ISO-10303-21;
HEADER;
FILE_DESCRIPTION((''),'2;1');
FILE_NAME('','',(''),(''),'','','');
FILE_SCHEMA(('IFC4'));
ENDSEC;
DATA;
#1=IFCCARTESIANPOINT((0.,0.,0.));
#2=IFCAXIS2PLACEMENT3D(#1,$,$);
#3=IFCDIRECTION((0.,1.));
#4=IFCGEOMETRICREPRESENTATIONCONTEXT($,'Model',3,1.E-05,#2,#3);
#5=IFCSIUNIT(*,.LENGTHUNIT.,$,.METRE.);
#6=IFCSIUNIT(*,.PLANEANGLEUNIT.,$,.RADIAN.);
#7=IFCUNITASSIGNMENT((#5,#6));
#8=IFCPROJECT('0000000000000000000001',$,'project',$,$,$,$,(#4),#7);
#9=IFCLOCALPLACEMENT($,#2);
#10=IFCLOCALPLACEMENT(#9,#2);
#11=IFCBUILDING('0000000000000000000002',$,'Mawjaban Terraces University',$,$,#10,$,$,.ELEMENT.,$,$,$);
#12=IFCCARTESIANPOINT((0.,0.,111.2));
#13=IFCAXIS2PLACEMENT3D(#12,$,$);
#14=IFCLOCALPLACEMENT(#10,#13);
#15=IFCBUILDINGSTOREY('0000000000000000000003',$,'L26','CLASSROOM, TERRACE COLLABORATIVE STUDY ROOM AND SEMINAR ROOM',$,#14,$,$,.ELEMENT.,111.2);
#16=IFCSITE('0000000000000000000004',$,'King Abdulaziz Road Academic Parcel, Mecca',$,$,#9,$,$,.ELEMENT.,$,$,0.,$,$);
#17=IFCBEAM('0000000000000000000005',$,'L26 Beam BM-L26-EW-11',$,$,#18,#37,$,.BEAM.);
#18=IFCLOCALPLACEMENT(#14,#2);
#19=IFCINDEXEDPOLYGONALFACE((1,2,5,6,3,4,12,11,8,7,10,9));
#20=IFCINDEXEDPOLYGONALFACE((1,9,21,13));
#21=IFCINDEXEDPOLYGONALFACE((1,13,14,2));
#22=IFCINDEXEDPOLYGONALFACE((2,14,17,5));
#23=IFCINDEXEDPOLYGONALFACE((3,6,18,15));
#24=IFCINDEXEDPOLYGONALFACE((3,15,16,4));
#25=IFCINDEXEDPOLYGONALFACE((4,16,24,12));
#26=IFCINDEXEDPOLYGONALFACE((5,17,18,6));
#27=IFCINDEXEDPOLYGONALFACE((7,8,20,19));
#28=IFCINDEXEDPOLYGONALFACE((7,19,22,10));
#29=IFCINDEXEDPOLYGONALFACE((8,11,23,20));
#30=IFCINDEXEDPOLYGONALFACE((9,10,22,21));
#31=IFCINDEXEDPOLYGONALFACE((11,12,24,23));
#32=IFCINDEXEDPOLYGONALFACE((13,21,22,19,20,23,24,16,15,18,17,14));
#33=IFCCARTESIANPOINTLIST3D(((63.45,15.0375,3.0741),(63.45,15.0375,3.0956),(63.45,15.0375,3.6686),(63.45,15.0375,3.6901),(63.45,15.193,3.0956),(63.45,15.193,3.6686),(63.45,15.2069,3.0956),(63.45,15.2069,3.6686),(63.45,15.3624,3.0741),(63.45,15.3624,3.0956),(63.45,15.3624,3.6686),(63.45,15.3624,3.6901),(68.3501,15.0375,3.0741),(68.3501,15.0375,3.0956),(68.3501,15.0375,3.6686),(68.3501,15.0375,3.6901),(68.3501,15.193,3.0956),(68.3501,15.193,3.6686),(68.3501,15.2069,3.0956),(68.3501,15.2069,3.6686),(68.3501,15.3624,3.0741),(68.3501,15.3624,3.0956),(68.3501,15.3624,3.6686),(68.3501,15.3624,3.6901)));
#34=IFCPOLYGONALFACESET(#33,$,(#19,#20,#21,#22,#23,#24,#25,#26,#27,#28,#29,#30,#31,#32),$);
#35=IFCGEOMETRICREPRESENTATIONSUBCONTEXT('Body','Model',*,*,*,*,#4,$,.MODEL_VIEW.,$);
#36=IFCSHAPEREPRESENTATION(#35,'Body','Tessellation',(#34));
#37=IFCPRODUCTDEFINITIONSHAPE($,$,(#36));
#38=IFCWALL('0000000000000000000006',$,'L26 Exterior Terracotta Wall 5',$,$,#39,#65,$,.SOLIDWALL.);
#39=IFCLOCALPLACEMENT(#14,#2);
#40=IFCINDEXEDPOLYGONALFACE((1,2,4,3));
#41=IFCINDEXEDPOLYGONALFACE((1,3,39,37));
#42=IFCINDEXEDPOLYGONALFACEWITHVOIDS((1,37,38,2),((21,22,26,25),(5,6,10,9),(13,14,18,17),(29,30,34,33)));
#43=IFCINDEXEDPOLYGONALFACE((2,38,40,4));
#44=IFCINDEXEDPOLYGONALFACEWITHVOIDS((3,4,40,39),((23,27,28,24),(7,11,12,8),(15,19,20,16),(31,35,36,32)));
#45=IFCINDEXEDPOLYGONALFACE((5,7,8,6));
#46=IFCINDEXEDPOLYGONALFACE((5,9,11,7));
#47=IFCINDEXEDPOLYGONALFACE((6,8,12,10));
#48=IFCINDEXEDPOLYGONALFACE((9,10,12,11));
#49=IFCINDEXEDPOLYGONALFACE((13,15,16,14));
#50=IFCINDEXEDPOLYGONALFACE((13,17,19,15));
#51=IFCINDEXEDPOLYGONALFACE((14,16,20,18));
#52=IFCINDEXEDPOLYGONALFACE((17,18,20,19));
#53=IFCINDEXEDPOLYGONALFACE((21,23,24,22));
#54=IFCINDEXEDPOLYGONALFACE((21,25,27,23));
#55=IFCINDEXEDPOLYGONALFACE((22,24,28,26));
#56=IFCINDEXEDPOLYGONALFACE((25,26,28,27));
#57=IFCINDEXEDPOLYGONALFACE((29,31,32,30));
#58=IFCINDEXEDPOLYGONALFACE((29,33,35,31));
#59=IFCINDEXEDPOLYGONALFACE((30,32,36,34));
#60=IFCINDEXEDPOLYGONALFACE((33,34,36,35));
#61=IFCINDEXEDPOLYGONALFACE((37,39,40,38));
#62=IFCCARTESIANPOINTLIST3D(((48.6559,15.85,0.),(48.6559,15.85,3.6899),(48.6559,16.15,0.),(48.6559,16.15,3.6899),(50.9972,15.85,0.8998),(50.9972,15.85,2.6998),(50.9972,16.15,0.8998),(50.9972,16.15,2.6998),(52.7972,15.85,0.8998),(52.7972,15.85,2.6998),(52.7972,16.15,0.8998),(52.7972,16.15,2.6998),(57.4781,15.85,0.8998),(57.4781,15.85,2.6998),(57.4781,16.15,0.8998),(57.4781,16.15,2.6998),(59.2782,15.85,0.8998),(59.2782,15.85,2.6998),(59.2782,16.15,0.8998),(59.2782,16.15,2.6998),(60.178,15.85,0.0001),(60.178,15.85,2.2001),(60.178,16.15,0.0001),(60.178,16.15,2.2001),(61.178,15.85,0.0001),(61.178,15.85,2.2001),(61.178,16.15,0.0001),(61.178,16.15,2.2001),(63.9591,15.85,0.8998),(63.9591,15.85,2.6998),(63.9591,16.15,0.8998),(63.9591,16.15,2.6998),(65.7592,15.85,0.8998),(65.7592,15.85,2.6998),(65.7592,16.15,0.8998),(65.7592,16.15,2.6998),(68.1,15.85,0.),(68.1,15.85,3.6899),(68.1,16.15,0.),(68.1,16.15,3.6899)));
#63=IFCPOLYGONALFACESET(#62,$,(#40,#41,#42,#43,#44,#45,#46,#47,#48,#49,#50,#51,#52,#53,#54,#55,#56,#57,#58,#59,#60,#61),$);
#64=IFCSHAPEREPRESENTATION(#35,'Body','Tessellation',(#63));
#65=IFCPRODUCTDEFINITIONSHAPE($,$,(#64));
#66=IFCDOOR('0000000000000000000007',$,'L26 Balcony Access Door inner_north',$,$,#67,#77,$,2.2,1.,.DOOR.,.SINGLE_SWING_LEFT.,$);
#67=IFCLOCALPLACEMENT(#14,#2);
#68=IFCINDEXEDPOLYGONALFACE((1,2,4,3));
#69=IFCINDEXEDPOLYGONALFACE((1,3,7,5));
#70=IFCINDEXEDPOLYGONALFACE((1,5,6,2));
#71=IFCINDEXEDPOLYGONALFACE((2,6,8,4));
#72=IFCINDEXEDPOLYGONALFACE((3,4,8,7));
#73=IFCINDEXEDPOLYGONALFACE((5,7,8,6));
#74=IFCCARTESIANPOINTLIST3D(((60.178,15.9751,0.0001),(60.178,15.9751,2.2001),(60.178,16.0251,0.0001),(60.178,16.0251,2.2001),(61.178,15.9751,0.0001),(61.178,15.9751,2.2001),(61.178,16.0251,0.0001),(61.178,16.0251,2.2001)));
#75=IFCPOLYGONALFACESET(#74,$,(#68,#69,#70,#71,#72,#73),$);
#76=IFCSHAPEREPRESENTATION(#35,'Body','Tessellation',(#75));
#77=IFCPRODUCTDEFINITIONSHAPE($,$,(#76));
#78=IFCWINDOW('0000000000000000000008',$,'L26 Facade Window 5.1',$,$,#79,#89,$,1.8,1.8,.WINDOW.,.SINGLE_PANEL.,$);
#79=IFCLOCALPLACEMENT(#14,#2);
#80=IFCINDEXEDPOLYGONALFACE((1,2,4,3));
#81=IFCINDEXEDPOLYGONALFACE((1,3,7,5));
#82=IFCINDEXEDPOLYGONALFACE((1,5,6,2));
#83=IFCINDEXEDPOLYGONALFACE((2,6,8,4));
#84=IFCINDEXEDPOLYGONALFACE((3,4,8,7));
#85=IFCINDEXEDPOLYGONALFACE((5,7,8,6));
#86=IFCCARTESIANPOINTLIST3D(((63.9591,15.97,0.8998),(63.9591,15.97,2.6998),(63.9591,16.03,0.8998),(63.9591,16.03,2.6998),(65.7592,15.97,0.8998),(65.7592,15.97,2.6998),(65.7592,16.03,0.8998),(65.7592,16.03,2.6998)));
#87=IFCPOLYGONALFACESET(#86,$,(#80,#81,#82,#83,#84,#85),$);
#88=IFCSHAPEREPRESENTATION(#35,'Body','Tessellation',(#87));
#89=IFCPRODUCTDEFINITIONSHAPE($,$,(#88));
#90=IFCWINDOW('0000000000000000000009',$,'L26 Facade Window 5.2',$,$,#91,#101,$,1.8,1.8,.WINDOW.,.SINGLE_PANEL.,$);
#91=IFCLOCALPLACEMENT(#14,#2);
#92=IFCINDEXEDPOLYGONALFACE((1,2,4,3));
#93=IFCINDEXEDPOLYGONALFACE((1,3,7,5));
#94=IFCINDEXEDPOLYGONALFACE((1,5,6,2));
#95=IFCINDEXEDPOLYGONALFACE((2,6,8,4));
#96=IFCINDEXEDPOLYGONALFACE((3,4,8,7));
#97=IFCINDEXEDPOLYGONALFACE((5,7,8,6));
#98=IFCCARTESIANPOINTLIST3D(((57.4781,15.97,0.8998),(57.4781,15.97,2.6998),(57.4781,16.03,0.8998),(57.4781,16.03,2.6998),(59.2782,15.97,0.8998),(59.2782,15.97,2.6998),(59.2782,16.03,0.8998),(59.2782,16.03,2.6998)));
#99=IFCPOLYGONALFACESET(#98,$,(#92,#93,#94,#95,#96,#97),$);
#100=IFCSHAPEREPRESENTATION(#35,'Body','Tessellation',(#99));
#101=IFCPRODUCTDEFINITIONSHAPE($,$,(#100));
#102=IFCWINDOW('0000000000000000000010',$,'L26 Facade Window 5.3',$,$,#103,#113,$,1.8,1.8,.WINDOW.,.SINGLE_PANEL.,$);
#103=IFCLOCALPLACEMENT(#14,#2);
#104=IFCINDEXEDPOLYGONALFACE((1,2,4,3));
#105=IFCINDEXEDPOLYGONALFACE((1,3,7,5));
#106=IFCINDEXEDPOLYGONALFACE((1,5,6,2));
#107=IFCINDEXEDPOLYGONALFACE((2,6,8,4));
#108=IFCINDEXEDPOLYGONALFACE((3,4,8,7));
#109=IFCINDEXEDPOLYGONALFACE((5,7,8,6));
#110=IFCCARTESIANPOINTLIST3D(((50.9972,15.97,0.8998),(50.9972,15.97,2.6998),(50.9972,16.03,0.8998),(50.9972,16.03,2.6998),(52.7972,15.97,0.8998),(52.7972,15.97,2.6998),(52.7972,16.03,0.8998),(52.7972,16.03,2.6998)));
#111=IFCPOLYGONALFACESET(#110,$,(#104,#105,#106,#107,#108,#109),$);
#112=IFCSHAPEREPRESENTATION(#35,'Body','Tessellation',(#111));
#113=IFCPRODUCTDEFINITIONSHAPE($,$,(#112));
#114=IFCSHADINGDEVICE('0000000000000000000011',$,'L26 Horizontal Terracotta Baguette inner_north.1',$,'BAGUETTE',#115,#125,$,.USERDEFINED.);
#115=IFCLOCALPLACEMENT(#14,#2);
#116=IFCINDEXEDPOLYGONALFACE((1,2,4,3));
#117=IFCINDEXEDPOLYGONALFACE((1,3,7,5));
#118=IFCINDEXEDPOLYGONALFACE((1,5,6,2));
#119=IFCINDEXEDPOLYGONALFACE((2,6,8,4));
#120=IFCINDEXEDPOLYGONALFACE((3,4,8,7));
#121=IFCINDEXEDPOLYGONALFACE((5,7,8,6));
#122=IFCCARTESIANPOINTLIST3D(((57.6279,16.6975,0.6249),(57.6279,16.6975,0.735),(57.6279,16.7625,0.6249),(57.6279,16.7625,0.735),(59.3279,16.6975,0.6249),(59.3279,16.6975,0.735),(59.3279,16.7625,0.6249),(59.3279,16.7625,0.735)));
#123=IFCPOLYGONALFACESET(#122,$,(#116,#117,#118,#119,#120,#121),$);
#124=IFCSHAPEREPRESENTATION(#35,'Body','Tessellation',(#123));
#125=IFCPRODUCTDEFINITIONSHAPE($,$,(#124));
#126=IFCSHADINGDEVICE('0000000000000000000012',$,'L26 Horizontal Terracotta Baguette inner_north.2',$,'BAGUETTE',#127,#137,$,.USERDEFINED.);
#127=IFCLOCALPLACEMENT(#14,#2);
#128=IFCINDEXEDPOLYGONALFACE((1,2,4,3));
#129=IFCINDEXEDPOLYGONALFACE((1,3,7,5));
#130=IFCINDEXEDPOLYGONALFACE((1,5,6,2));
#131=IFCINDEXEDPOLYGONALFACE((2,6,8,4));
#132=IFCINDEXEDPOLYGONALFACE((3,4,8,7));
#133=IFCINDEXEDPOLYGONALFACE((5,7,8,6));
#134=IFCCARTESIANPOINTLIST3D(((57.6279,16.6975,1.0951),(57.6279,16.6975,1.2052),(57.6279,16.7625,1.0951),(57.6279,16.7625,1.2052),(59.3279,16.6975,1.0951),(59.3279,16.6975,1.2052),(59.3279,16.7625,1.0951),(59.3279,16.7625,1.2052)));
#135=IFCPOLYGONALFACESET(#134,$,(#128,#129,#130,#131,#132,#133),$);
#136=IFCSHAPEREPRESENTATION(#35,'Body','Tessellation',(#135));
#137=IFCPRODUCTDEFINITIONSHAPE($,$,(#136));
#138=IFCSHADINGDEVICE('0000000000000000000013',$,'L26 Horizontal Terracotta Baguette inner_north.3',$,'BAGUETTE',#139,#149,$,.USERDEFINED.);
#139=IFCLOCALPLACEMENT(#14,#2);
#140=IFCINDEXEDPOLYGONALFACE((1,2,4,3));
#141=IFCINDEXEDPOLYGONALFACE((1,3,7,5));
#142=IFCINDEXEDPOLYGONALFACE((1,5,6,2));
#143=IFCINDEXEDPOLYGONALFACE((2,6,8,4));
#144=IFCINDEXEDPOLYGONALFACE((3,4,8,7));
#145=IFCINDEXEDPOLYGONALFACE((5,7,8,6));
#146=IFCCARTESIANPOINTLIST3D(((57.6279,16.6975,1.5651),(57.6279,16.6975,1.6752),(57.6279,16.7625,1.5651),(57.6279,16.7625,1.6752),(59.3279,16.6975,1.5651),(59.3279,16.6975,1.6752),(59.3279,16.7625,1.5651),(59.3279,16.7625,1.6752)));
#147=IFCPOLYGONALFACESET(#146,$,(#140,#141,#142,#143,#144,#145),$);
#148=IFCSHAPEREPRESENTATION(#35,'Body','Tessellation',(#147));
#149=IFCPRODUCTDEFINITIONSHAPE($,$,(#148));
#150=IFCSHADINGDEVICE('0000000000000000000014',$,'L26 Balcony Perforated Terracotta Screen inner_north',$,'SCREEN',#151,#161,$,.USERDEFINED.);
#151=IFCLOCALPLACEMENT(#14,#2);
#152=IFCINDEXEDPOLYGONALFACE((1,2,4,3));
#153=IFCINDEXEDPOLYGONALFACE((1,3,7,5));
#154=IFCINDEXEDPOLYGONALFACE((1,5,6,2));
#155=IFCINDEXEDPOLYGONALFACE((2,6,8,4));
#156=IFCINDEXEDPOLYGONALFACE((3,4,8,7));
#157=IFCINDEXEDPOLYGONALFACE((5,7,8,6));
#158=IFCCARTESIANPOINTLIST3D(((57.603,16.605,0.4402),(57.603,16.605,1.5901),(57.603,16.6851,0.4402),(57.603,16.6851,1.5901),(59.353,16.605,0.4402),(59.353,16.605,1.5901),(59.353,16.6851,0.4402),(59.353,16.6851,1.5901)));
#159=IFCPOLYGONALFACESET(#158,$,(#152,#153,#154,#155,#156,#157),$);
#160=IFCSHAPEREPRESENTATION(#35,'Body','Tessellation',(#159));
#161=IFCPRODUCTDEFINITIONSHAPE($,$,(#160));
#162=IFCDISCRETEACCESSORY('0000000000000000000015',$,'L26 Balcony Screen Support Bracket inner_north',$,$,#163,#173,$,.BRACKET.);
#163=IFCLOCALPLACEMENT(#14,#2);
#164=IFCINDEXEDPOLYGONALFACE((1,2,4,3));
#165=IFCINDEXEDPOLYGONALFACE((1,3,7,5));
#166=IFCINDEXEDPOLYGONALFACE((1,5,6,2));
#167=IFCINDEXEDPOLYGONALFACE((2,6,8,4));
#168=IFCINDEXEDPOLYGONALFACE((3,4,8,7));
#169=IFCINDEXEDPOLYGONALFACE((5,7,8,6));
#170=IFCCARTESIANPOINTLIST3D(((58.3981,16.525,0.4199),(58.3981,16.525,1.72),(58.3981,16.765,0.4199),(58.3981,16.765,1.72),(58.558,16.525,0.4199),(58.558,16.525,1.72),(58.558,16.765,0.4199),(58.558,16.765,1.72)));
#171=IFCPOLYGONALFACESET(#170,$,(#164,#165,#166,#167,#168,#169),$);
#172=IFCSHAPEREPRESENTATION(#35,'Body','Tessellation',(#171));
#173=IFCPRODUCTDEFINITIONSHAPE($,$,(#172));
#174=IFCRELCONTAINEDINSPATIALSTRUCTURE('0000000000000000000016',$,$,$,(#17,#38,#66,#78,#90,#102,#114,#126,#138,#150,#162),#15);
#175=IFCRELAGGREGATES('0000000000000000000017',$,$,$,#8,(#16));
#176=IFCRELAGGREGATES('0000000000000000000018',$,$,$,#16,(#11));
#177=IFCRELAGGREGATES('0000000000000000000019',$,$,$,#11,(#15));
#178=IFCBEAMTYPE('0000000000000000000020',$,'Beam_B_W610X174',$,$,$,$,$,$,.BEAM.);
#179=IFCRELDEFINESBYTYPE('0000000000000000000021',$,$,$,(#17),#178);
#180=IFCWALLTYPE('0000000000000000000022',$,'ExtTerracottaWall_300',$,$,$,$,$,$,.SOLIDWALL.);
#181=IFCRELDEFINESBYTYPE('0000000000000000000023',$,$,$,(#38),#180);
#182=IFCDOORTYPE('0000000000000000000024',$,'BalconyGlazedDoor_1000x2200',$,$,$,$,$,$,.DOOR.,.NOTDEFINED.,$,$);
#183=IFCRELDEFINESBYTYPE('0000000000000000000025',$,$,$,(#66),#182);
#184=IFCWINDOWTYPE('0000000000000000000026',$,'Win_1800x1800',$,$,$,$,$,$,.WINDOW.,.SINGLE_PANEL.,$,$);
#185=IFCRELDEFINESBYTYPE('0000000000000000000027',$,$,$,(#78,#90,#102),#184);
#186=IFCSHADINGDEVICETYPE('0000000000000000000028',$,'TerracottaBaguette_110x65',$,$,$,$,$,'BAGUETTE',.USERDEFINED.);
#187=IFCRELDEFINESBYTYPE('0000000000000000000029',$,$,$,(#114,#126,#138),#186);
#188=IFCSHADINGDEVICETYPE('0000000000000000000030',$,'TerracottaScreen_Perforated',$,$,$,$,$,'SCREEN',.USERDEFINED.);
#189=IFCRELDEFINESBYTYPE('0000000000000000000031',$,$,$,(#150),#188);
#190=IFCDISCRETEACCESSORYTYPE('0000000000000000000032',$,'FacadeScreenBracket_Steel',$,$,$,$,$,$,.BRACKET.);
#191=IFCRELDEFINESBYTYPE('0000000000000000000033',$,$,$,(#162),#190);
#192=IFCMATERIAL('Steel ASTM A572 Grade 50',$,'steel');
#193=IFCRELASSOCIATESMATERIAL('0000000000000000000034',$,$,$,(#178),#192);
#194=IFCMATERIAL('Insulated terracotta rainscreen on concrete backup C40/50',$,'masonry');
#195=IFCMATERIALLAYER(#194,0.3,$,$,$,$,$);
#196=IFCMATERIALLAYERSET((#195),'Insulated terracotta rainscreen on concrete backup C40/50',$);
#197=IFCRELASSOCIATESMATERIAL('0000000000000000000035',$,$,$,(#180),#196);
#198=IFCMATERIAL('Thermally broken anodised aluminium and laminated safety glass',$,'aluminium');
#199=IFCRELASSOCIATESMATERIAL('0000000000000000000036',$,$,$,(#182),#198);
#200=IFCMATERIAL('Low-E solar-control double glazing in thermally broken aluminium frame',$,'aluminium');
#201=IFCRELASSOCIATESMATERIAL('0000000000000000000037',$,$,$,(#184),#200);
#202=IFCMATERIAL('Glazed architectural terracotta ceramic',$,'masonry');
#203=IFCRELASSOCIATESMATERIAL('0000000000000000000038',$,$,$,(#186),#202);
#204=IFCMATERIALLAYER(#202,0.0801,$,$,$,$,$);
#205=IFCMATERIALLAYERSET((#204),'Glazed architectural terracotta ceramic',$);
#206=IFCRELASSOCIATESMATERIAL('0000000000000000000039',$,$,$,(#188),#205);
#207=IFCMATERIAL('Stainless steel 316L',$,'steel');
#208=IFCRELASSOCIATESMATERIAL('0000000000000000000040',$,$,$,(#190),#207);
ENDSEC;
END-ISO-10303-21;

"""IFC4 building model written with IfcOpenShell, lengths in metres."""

from ifc_helpers import new_model, si_unit, direction, frame, frame_2d, origin, origin_2d, place, context, subcontext, project, spatial, rectangle, i_section, extrude, material, layer, layer_set, material_profile, profile_set, type_object, element, fill, save


model = new_model("IFC4")

# Units and contexts
model_context = context("Model", 3, precision=1e-05, world=origin(), true_north=direction((0.0, 1.0)))
body_context = subcontext(model_context, "Body", "Model", "MODEL_VIEW")
ifc_project = project(units=[si_unit("LENGTHUNIT", "METRE"), si_unit("PLANEANGLEUNIT", "RADIAN")], contexts=[model_context])

# Site, building, storey
site_placement = place(None, origin())
site = spatial("IfcSite", under=ifc_project, at=site_placement, Name="King Abdulaziz Road Academic Parcel, Mecca", CompositionType="ELEMENT", RefElevation=0.0)
building_placement = place(site_placement, origin())
building = spatial("IfcBuilding", under=site, at=building_placement, Name="Mawjaban Terraces University", CompositionType="ELEMENT")
storey_placement = place(building_placement, frame((0.0, 0.0, 111.2)))
storey = spatial("IfcBuildingStorey", under=building, at=storey_placement, Name="L26", Description="CLASSROOM, TERRACE COLLABORATIVE STUDY ROOM AND SEMINAR ROOM", CompositionType="ELEMENT", Elevation=111.2)

# Beam
ifc_material_1 = material(Name="Steel ASTM A572 Grade 50", Category="steel")
ifc_material_profile_1 = material_profile(ifc_material_1, i_section(OverallWidth=0.325, OverallDepth=0.616, WebThickness=0.0139, FlangeThickness=0.0215, at=origin_2d()), Name="W610X174")
ifc_profile_set_1 = profile_set([ifc_material_profile_1], Name="Steel ASTM A572 Grade 50")
beam_type_1 = type_object("IfcBeamType", Name="Beam_B_W610X174", PredefinedType="BEAM", material=ifc_profile_set_1)
beam_1_placement = place(storey_placement, frame((63.45, 15.2, 3.3821), z_axis=(1.0, 0.0, 0.0), x_axis=(0.0, 1.0, 0.0)))
element("IfcBeam", 1, at=beam_1_placement, inside=storey, type_object=beam_type_1, Name="L26 Beam BM-L26-EW-11", PredefinedType="BEAM", context=body_context, shape_type="SweptSolid", body=[
    extrude(i_section(OverallWidth=0.325, OverallDepth=0.616, WebThickness=0.0139, FlangeThickness=0.0215, at=origin_2d()), origin(), (0.0, 0.0, 1.0), 4.9001),
])

# Wall, openings, door, windows
ifc_material_2 = material(Name="Insulated terracotta rainscreen on concrete backup C40/50", Category="masonry")
ifc_layer_1 = layer(ifc_material_2, 0.3)
ifc_layer_set_1 = layer_set([ifc_layer_1], Name="Insulated terracotta rainscreen on concrete backup C40/50")
wall_type = type_object("IfcWallType", Name="ExtTerracottaWall_300", PredefinedType="SOLIDWALL", material=ifc_layer_set_1)
wall_placement = place(storey_placement, frame((68.1001, 16.0, 0.0), z_axis=(0.0, 0.0, 1.0), x_axis=(-1.0, 0.0, 0.0)))
wall = element("IfcWall", 2, at=wall_placement, inside=storey, type_object=wall_type, Name="L26 Exterior Terracotta Wall 5", PredefinedType="SOLIDWALL", context=body_context, shape_type="SweptSolid", body=[
    extrude(rectangle(XDim=19.4441, YDim=0.3, at=frame_2d((9.7222, 0.0))), origin(), (0.0, 0.0, 1.0), 3.6899),
])
opening_1_placement = place(wall_placement, frame((6.9221, 0.0, 0.0)))
opening_1 = element("IfcOpeningElement", 3, at=opening_1_placement, cuts=wall, PredefinedType="OPENING", context=body_context, shape_type="SweptSolid", body=[
    extrude(rectangle(XDim=1.0, YDim=2.2, at=frame_2d((0.5, 1.1001))), frame((0.0, 0.1599, 0.0), z_axis=(0.0, -1.0, 0.0), x_axis=(1.0, 0.0, 0.0)), (0.0, 0.0, 1.0), 0.3201),
])
opening_2_placement = place(wall_placement, frame((2.3411, 0.0, 0.8999)))
opening_2 = element("IfcOpeningElement", 4, at=opening_2_placement, cuts=wall, PredefinedType="OPENING", context=body_context, shape_type="SweptSolid", body=[
    extrude(rectangle(XDim=1.8, YDim=1.8, at=frame_2d((0.8999, 0.8999))), frame((0.0, 0.1599, 0.0), z_axis=(0.0, -1.0, 0.0), x_axis=(1.0, 0.0, 0.0)), (0.0, 0.0, 1.0), 0.3201),
])
opening_3_placement = place(wall_placement, frame((8.822, 0.0, 0.8999)))
opening_3 = element("IfcOpeningElement", 5, at=opening_3_placement, cuts=wall, PredefinedType="OPENING", context=body_context, shape_type="SweptSolid", body=[
    extrude(rectangle(XDim=1.8, YDim=1.8, at=frame_2d((0.8999, 0.8999))), frame((0.0, 0.1599, 0.0), z_axis=(0.0, -1.0, 0.0), x_axis=(1.0, 0.0, 0.0)), (0.0, 0.0, 1.0), 0.3201),
])
opening_4_placement = place(wall_placement, frame((15.303, 0.0, 0.8999)))
opening_4 = element("IfcOpeningElement", 6, at=opening_4_placement, cuts=wall, PredefinedType="OPENING", context=body_context, shape_type="SweptSolid", body=[
    extrude(rectangle(XDim=1.8, YDim=1.8, at=frame_2d((0.8999, 0.8999))), frame((0.0, 0.1599, 0.0), z_axis=(0.0, -1.0, 0.0), x_axis=(1.0, 0.0, 0.0)), (0.0, 0.0, 1.0), 0.3201),
])
ifc_material_3 = material(Name="Thermally broken anodised aluminium and laminated safety glass", Category="aluminium")
door_type = type_object("IfcDoorType", Name="BalconyGlazedDoor_1000x2200", OperationType="NOTDEFINED", PredefinedType="DOOR", material=ifc_material_3)
door_placement = place(opening_1_placement, origin())
door = element("IfcDoor", 7, at=door_placement, inside=storey, type_object=door_type, Name="L26 Balcony Access Door inner_north", OperationType="SINGLE_SWING_LEFT", OverallHeight=2.2, OverallWidth=1.0, PredefinedType="DOOR", context=body_context, shape_type="SweptSolid", body=[
    extrude(rectangle(XDim=1.0, YDim=2.2, at=frame_2d((0.5, 1.1001))), frame((0.0, 0.0249, 0.0), z_axis=(0.0, -1.0, 0.0), x_axis=(1.0, 0.0, 0.0)), (0.0, 0.0, 1.0), 0.05),
])
fill(opening_1, door)
ifc_material_4 = material(Name="Low-E solar-control double glazing in thermally broken aluminium frame", Category="aluminium")
window_type = type_object("IfcWindowType", Name="Win_1800x1800", PartitioningType="SINGLE_PANEL", PredefinedType="WINDOW", material=ifc_material_4)
window_1_placement = place(opening_2_placement, origin())
window_1 = element("IfcWindow", 8, at=window_1_placement, inside=storey, type_object=window_type, Name="L26 Facade Window 5.1", OverallHeight=1.8, OverallWidth=1.8, PartitioningType="SINGLE_PANEL", PredefinedType="WINDOW", context=body_context, shape_type="SweptSolid", body=[
    extrude(rectangle(XDim=1.8, YDim=1.8, at=frame_2d((0.8999, 0.8999))), frame((0.0, 0.03, 0.0), z_axis=(0.0, -1.0, 0.0), x_axis=(1.0, 0.0, 0.0)), (0.0, 0.0, 1.0), 0.0601),
])
fill(opening_2, window_1)
window_2_placement = place(opening_3_placement, origin())
window_2 = element("IfcWindow", 9, at=window_2_placement, inside=storey, type_object=window_type, Name="L26 Facade Window 5.2", OverallHeight=1.8, OverallWidth=1.8, PartitioningType="SINGLE_PANEL", PredefinedType="WINDOW", context=body_context, shape_type="SweptSolid", body=[
    extrude(rectangle(XDim=1.8, YDim=1.8, at=frame_2d((0.8999, 0.8999))), frame((0.0, 0.03, 0.0), z_axis=(0.0, -1.0, 0.0), x_axis=(1.0, 0.0, 0.0)), (0.0, 0.0, 1.0), 0.0601),
])
fill(opening_3, window_2)
window_3_placement = place(opening_4_placement, origin())
window_3 = element("IfcWindow", 10, at=window_3_placement, inside=storey, type_object=window_type, Name="L26 Facade Window 5.3", OverallHeight=1.8, OverallWidth=1.8, PartitioningType="SINGLE_PANEL", PredefinedType="WINDOW", context=body_context, shape_type="SweptSolid", body=[
    extrude(rectangle(XDim=1.8, YDim=1.8, at=frame_2d((0.8999, 0.8999))), frame((0.0, 0.03, 0.0), z_axis=(0.0, -1.0, 0.0), x_axis=(1.0, 0.0, 0.0)), (0.0, 0.0, 1.0), 0.0601),
])
fill(opening_4, window_3)

# Shading devices
ifc_material_5 = material(Name="Glazed architectural terracotta ceramic", Category="masonry")
ifc_material_profile_2 = material_profile(ifc_material_5, rectangle(XDim=0.0649, YDim=0.1101, at=origin_2d()), Name="TBAG110X65")
ifc_profile_set_2 = profile_set([ifc_material_profile_2], Name="Glazed architectural terracotta ceramic")
shading_device_type_1 = type_object("IfcShadingDeviceType", Name="TerracottaBaguette_110x65", ElementType="BAGUETTE", PredefinedType="USERDEFINED", material=ifc_profile_set_2)
for number, where, z_axis, x_axis, name in (
    (11, (57.6279, 16.73, 0.6799), (1.0, 0.0, 0.0), (0.0, 1.0, 0.0), "L26 Horizontal Terracotta Baguette inner_north.1"),
    (12, (57.6279, 16.73, 1.1501), (1.0, 0.0, 0.0), (0.0, 1.0, 0.0), "L26 Horizontal Terracotta Baguette inner_north.2"),
    (13, (57.6279, 16.73, 1.6201), (1.0, 0.0, 0.0), (0.0, 1.0, 0.0), "L26 Horizontal Terracotta Baguette inner_north.3"),
):
    element("IfcShadingDevice", number, at=place(storey_placement, frame(where, z_axis=z_axis, x_axis=x_axis)), inside=storey, type_object=shading_device_type_1, Name=name, ObjectType="BAGUETTE", PredefinedType="USERDEFINED", context=body_context, shape_type="SweptSolid", body=[
        extrude(rectangle(XDim=0.0649, YDim=0.1101, at=origin_2d()), origin(), (0.0, 0.0, 1.0), 1.7),
    ])
ifc_layer_2 = layer(ifc_material_5, 0.0801)
ifc_layer_set_2 = layer_set([ifc_layer_2], Name="Glazed architectural terracotta ceramic")
shading_device_type_2 = type_object("IfcShadingDeviceType", Name="TerracottaScreen_Perforated", ElementType="SCREEN", PredefinedType="USERDEFINED", material=ifc_layer_set_2)
shading_device_placement = place(storey_placement, frame((58.478, 16.645, 0.4402), z_axis=(0.0, 0.0, 1.0), x_axis=(1.0, 0.0, 0.0)))
element("IfcShadingDevice", 14, at=shading_device_placement, inside=storey, type_object=shading_device_type_2, Name="L26 Balcony Perforated Terracotta Screen inner_north", ObjectType="SCREEN", PredefinedType="USERDEFINED", context=body_context, shape_type="SweptSolid", body=[
    extrude(rectangle(XDim=1.75, YDim=0.0801, at=origin_2d()), origin(), (0.0, 0.0, 1.0), 1.1499),
])

# Discrete accessory
ifc_material_6 = material(Name="Stainless steel 316L", Category="steel")
discrete_accessory_type_1 = type_object("IfcDiscreteAccessoryType", Name="FacadeScreenBracket_Steel", PredefinedType="BRACKET", material=ifc_material_6)
discrete_accessory_1_placement = place(storey_placement, frame((58.478, 16.645, 0.4199), z_axis=(0.0, 0.0, 1.0), x_axis=(1.0, 0.0, 0.0)))
element("IfcDiscreteAccessory", 15, at=discrete_accessory_1_placement, inside=storey, type_object=discrete_accessory_type_1, Name="L26 Balcony Screen Support Bracket inner_north", PredefinedType="BRACKET", context=body_context, shape_type="SweptSolid", body=[
    extrude(rectangle(XDim=0.1599, YDim=0.24, at=origin_2d()), origin(), (0.0, 0.0, 1.0), 1.3),
])

save(model, "model.ifc")
